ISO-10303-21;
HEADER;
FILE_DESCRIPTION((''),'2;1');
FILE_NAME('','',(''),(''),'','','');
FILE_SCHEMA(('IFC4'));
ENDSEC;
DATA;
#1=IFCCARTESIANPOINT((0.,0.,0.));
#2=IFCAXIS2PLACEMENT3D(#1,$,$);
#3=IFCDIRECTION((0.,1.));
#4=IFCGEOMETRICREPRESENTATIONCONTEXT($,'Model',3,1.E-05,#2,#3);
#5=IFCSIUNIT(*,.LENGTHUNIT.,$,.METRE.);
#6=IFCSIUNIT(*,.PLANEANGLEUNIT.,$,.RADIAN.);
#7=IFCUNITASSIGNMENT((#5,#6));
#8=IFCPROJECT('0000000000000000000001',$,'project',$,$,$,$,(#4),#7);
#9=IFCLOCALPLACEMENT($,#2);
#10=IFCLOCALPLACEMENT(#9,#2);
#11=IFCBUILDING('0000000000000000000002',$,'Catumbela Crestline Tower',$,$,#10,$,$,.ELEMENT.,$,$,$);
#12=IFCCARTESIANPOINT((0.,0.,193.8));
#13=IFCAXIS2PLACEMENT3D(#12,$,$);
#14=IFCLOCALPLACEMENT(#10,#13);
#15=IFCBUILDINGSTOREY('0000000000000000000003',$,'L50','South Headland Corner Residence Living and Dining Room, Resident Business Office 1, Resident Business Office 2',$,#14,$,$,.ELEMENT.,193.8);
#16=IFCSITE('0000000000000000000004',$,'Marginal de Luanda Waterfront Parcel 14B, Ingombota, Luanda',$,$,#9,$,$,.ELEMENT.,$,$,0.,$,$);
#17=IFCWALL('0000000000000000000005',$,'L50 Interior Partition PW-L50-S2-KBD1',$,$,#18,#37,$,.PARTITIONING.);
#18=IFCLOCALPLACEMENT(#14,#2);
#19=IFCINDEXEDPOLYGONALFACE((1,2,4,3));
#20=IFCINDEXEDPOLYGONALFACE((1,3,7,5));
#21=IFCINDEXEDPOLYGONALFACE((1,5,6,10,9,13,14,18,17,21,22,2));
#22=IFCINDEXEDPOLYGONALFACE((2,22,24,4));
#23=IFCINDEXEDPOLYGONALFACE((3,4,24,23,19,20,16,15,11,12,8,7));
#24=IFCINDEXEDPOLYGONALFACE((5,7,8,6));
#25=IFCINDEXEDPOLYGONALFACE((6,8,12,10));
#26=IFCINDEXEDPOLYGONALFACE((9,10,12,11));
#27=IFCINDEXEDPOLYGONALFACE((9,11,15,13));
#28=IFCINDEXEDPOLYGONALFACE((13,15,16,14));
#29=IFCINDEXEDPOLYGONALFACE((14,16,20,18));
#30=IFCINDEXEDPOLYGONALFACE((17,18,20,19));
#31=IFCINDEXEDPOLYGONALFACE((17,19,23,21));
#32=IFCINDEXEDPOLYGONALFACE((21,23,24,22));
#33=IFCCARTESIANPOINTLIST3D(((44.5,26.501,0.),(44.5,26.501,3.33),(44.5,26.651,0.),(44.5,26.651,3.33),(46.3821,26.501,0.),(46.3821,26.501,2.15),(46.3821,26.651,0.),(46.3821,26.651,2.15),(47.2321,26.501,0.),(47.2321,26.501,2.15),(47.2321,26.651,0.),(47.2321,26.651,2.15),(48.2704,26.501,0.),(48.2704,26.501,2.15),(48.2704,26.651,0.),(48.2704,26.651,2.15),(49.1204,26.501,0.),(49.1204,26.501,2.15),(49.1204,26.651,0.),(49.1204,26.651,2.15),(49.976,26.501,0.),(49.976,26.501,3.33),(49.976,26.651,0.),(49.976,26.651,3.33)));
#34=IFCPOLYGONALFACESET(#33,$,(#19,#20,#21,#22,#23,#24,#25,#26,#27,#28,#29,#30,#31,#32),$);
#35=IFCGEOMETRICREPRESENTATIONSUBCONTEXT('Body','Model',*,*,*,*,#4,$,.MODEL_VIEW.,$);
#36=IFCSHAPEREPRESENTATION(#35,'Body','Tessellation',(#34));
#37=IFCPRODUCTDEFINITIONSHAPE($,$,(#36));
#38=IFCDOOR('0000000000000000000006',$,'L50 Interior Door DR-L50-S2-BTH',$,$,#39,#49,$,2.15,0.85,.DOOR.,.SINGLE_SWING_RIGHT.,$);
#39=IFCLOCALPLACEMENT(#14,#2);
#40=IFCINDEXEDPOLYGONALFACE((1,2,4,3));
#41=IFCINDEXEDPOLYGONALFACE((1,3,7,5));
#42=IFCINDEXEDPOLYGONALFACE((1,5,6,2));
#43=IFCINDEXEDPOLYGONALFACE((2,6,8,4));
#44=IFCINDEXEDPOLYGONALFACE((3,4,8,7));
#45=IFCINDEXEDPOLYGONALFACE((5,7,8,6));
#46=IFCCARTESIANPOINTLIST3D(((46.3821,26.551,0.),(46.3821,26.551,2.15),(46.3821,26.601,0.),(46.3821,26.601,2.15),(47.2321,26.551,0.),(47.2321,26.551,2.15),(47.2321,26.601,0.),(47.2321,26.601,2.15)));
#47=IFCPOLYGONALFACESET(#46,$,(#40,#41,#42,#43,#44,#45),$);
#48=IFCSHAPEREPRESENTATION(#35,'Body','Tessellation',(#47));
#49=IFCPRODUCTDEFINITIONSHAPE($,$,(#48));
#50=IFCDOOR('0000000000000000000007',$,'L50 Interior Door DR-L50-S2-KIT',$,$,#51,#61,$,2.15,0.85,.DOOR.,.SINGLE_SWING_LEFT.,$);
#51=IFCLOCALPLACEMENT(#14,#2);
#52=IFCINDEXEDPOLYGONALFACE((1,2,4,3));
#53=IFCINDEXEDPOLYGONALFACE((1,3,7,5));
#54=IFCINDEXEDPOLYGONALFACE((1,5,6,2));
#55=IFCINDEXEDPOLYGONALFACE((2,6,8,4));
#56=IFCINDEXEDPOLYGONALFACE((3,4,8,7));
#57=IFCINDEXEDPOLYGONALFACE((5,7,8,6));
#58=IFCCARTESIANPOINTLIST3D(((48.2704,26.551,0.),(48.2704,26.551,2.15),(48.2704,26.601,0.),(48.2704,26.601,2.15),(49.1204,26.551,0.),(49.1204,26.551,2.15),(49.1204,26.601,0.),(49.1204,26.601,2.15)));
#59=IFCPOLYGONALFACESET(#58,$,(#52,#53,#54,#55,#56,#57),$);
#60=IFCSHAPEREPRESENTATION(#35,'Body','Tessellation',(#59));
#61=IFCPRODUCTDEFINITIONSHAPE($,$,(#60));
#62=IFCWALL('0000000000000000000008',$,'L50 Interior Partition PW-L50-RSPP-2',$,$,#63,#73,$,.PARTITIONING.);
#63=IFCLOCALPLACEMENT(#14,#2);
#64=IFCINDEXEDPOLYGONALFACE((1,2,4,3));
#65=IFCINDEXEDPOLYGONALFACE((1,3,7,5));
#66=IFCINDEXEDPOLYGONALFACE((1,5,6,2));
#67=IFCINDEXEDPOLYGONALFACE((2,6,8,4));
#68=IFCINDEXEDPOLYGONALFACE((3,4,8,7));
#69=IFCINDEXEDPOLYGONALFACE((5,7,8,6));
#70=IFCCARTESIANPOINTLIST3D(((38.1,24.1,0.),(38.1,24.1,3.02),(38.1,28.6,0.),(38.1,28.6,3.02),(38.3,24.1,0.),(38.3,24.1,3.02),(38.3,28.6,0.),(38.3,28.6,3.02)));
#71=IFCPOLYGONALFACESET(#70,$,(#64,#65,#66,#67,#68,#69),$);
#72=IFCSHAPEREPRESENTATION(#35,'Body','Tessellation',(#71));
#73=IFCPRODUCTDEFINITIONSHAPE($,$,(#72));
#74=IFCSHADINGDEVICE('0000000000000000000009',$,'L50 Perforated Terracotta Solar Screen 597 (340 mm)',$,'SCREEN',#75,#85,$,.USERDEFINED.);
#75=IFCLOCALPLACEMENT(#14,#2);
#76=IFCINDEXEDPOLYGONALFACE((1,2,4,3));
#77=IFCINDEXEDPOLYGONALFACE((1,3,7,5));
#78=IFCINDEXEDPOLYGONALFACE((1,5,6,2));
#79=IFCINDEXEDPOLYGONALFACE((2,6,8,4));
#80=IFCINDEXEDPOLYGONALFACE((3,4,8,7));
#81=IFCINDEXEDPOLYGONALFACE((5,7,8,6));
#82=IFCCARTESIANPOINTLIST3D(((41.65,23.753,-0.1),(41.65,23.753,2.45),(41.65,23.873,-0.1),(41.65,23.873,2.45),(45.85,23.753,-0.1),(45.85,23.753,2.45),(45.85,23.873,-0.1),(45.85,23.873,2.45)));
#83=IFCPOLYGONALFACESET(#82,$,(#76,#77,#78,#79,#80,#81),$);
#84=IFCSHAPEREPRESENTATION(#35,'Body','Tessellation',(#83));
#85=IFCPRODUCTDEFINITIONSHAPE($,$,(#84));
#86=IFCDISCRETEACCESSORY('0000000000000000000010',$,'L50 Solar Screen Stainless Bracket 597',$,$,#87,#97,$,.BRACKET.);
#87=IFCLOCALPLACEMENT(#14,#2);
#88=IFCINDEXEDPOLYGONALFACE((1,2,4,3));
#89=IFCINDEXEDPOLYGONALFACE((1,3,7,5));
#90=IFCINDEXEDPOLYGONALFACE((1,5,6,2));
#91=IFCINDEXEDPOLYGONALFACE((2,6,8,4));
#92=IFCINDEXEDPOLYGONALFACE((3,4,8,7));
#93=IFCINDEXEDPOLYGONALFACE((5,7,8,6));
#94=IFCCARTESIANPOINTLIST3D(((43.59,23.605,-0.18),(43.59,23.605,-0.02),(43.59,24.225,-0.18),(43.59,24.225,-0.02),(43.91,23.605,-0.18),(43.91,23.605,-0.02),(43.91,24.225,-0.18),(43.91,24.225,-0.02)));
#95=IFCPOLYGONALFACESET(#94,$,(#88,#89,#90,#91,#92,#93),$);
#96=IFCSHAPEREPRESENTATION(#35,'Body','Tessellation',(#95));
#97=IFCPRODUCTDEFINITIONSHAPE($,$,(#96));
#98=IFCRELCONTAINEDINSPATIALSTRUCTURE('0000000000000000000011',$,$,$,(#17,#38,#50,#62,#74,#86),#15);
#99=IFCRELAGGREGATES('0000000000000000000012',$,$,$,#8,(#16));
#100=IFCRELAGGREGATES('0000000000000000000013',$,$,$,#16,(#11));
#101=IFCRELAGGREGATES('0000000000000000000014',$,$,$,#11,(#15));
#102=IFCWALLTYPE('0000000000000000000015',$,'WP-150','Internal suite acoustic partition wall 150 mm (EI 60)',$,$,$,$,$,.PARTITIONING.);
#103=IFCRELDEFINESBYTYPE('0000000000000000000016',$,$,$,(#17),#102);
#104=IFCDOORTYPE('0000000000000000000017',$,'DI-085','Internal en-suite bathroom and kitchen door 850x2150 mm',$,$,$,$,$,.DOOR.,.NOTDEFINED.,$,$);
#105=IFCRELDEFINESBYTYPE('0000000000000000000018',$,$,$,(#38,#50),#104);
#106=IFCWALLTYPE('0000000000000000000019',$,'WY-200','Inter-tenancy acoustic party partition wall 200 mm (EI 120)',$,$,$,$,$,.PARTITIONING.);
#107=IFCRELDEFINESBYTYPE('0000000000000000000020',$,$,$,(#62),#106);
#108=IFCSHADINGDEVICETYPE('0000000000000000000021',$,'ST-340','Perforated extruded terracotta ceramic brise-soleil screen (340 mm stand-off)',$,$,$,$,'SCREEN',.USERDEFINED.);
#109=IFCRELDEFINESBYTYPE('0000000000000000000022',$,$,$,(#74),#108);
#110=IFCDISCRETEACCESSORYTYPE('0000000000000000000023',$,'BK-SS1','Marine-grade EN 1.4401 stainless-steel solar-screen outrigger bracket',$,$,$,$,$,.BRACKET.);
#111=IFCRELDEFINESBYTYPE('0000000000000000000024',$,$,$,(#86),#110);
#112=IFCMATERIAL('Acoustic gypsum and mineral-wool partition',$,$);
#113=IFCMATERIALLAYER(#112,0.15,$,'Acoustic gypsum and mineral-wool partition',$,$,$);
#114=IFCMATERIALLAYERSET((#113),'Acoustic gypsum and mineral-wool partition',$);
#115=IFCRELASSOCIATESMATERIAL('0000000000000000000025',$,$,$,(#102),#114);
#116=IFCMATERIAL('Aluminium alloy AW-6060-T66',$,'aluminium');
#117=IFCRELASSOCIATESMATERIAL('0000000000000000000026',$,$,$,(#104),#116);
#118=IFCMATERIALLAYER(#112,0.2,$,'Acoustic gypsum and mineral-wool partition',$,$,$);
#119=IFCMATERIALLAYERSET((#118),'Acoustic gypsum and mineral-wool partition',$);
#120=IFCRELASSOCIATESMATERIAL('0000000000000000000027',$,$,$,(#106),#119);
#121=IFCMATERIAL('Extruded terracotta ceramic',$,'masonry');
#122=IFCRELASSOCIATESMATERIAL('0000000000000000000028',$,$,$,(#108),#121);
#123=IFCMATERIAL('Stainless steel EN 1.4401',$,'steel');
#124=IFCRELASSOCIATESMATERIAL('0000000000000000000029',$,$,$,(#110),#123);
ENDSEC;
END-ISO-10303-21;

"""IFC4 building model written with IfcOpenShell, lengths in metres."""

from ifc_helpers import new_model, si_unit, direction, frame, frame_2d, origin, origin_2d, place, context, subcontext, project, spatial, rectangle, extrude, material, layer, layer_set, type_object, element, fill, save


model = new_model("IFC4")

# Units and contexts
model_context = context("Model", 3, precision=1e-05, world=origin(), true_north=direction((0.0, 1.0)))
body_context = subcontext(model_context, "Body", "Model", "MODEL_VIEW")
ifc_project = project(units=[si_unit("LENGTHUNIT", "METRE"), si_unit("PLANEANGLEUNIT", "RADIAN")], contexts=[model_context])

# Site, building, storey
site_placement = place(None, origin())
site = spatial("IfcSite", under=ifc_project, at=site_placement, Name="Marginal de Luanda Waterfront Parcel 14B, Ingombota, Luanda", CompositionType="ELEMENT", RefElevation=0.0)
building_placement = place(site_placement, origin())
building = spatial("IfcBuilding", under=site, at=building_placement, Name="Catumbela Crestline Tower", CompositionType="ELEMENT")
storey_placement = place(building_placement, frame((0.0, 0.0, 193.8)))
storey = spatial("IfcBuildingStorey", under=building, at=storey_placement, Name="L50", Description="South Headland Corner Residence Living and Dining Room, Resident Business Office 1, Resident Business Office 2", CompositionType="ELEMENT", Elevation=193.8)

# Shared definitions
ifc_material_1 = material(Name="Aluminium alloy AW-6060-T66", Category="aluminium")

# Shared definitions
ifc_material_2 = material(Name="Acoustic gypsum and mineral-wool partition")
ifc_layer_1 = layer(ifc_material_2, 0.15, Name="Acoustic gypsum and mineral-wool partition")
ifc_layer_set_1 = layer_set([ifc_layer_1], Name="Acoustic gypsum and mineral-wool partition")
wall_type_1 = type_object("IfcWallType", Name="WP-150", Description="Internal suite acoustic partition wall 150 mm (EI 60)", PredefinedType="PARTITIONING", material=ifc_layer_set_1)

# Wall, openings, doors
wall_1_placement = place(storey_placement, frame((44.5, 26.576, 0.0), z_axis=(0.0, 0.0, 1.0), x_axis=(1.0, 0.0, 0.0)))
wall_1 = element("IfcWall", 1, at=wall_1_placement, inside=storey, type_object=wall_type_1, Name="L50 Interior Partition PW-L50-S2-KBD1", PredefinedType="PARTITIONING", context=body_context, shape_type="SweptSolid", body=[
    extrude(rectangle(XDim=5.476, YDim=0.15, at=frame_2d((2.738, 0.0))), origin(), (0.0, 0.0, 1.0), 3.33),
])
opening_1_placement = place(wall_1_placement, frame((1.8821, 0.0, 0.0)))
opening_1 = element("IfcOpeningElement", 2, at=opening_1_placement, cuts=wall_1, PredefinedType="OPENING", context=body_context, shape_type="SweptSolid", body=[
    extrude(rectangle(XDim=0.85, YDim=2.15, at=frame_2d((0.425, 1.075))), frame((0.0, 0.085, 0.0), z_axis=(0.0, -1.0, 0.0), x_axis=(1.0, 0.0, 0.0)), (0.0, 0.0, 1.0), 0.17),
])
opening_2_placement = place(wall_1_placement, frame((3.7704, 0.0, 0.0)))
opening_2 = element("IfcOpeningElement", 3, at=opening_2_placement, cuts=wall_1, PredefinedType="OPENING", context=body_context, shape_type="SweptSolid", body=[
    extrude(rectangle(XDim=0.85, YDim=2.15, at=frame_2d((0.425, 1.075))), frame((0.0, 0.085, 0.0), z_axis=(0.0, -1.0, 0.0), x_axis=(1.0, 0.0, 0.0)), (0.0, 0.0, 1.0), 0.17),
])
door_type = type_object("IfcDoorType", Name="DI-085", Description="Internal en-suite bathroom and kitchen door 850x2150 mm", OperationType="NOTDEFINED", PredefinedType="DOOR", material=ifc_material_1)
door_1_placement = place(opening_1_placement, origin())
door_1 = element("IfcDoor", 4, at=door_1_placement, inside=storey, type_object=door_type, Name="L50 Interior Door DR-L50-S2-BTH", OperationType="SINGLE_SWING_RIGHT", OverallHeight=2.15, OverallWidth=0.85, PredefinedType="DOOR", context=body_context, shape_type="SweptSolid", body=[
    extrude(rectangle(XDim=0.85, YDim=2.15, at=frame_2d((0.425, 1.075))), frame((0.0, 0.025, 0.0), z_axis=(0.0, -1.0, 0.0), x_axis=(1.0, 0.0, 0.0)), (0.0, 0.0, 1.0), 0.05),
])
fill(opening_1, door_1)
door_2_placement = place(opening_2_placement, origin())
door_2 = element("IfcDoor", 5, at=door_2_placement, inside=storey, type_object=door_type, Name="L50 Interior Door DR-L50-S2-KIT", OperationType="SINGLE_SWING_LEFT", OverallHeight=2.15, OverallWidth=0.85, PredefinedType="DOOR", context=body_context, shape_type="SweptSolid", body=[
    extrude(rectangle(XDim=0.85, YDim=2.15, at=frame_2d((0.425, 1.075))), frame((0.0, 0.025, 0.0), z_axis=(0.0, -1.0, 0.0), x_axis=(1.0, 0.0, 0.0)), (0.0, 0.0, 1.0), 0.05),
])
fill(opening_2, door_2)

# Wall
ifc_layer_2 = layer(ifc_material_2, 0.2, Name="Acoustic gypsum and mineral-wool partition")
ifc_layer_set_2 = layer_set([ifc_layer_2], Name="Acoustic gypsum and mineral-wool partition")
wall_type_2 = type_object("IfcWallType", Name="WY-200", Description="Inter-tenancy acoustic party partition wall 200 mm (EI 120)", PredefinedType="PARTITIONING", material=ifc_layer_set_2)
wall_2_placement = place(storey_placement, frame((38.2, 24.1, 0.0), z_axis=(0.0, 0.0, 1.0), x_axis=(0.0, 1.0, 0.0)))
element("IfcWall", 6, at=wall_2_placement, inside=storey, type_object=wall_type_2, Name="L50 Interior Partition PW-L50-RSPP-2", PredefinedType="PARTITIONING", context=body_context, shape_type="SweptSolid", body=[
    extrude(rectangle(XDim=4.5, YDim=0.2, at=frame_2d((2.25, 0.0))), origin(), (0.0, 0.0, 1.0), 3.02),
])

# Shading device
ifc_material_3 = material(Name="Extruded terracotta ceramic", Category="masonry")
shading_device_type = type_object("IfcShadingDeviceType", Name="ST-340", Description="Perforated extruded terracotta ceramic brise-soleil screen (340 mm stand-off)", ElementType="SCREEN", PredefinedType="USERDEFINED", material=ifc_material_3)
shading_device_placement = place(storey_placement, frame((43.75, 23.813, -0.1), z_axis=(0.0, 0.0, 1.0), x_axis=(1.0, 0.0, 0.0)))
element("IfcShadingDevice", 7, at=shading_device_placement, inside=storey, type_object=shading_device_type, Name="L50 Perforated Terracotta Solar Screen 597 (340 mm)", ObjectType="SCREEN", PredefinedType="USERDEFINED", context=body_context, shape_type="SweptSolid", body=[
    extrude(rectangle(XDim=4.2, YDim=0.12, at=origin_2d()), origin(), (0.0, 0.0, 1.0), 2.55),
])

# Discrete accessory
ifc_material_4 = material(Name="Stainless steel EN 1.4401", Category="steel")
discrete_accessory_type = type_object("IfcDiscreteAccessoryType", Name="BK-SS1", Description="Marine-grade EN 1.4401 stainless-steel solar-screen outrigger bracket", PredefinedType="BRACKET", material=ifc_material_4)
discrete_accessory_placement = place(storey_placement, frame((43.75, 23.915, -0.18), z_axis=(0.0, 0.0, 1.0), x_axis=(1.0, 0.0, 0.0)))
element("IfcDiscreteAccessory", 8, at=discrete_accessory_placement, inside=storey, type_object=discrete_accessory_type, Name="L50 Solar Screen Stainless Bracket 597", PredefinedType="BRACKET", context=body_context, shape_type="SweptSolid", body=[
    extrude(rectangle(XDim=0.32, YDim=0.62, at=origin_2d()), origin(), (0.0, 0.0, 1.0), 0.16),
])

save(model, "model.ifc")
